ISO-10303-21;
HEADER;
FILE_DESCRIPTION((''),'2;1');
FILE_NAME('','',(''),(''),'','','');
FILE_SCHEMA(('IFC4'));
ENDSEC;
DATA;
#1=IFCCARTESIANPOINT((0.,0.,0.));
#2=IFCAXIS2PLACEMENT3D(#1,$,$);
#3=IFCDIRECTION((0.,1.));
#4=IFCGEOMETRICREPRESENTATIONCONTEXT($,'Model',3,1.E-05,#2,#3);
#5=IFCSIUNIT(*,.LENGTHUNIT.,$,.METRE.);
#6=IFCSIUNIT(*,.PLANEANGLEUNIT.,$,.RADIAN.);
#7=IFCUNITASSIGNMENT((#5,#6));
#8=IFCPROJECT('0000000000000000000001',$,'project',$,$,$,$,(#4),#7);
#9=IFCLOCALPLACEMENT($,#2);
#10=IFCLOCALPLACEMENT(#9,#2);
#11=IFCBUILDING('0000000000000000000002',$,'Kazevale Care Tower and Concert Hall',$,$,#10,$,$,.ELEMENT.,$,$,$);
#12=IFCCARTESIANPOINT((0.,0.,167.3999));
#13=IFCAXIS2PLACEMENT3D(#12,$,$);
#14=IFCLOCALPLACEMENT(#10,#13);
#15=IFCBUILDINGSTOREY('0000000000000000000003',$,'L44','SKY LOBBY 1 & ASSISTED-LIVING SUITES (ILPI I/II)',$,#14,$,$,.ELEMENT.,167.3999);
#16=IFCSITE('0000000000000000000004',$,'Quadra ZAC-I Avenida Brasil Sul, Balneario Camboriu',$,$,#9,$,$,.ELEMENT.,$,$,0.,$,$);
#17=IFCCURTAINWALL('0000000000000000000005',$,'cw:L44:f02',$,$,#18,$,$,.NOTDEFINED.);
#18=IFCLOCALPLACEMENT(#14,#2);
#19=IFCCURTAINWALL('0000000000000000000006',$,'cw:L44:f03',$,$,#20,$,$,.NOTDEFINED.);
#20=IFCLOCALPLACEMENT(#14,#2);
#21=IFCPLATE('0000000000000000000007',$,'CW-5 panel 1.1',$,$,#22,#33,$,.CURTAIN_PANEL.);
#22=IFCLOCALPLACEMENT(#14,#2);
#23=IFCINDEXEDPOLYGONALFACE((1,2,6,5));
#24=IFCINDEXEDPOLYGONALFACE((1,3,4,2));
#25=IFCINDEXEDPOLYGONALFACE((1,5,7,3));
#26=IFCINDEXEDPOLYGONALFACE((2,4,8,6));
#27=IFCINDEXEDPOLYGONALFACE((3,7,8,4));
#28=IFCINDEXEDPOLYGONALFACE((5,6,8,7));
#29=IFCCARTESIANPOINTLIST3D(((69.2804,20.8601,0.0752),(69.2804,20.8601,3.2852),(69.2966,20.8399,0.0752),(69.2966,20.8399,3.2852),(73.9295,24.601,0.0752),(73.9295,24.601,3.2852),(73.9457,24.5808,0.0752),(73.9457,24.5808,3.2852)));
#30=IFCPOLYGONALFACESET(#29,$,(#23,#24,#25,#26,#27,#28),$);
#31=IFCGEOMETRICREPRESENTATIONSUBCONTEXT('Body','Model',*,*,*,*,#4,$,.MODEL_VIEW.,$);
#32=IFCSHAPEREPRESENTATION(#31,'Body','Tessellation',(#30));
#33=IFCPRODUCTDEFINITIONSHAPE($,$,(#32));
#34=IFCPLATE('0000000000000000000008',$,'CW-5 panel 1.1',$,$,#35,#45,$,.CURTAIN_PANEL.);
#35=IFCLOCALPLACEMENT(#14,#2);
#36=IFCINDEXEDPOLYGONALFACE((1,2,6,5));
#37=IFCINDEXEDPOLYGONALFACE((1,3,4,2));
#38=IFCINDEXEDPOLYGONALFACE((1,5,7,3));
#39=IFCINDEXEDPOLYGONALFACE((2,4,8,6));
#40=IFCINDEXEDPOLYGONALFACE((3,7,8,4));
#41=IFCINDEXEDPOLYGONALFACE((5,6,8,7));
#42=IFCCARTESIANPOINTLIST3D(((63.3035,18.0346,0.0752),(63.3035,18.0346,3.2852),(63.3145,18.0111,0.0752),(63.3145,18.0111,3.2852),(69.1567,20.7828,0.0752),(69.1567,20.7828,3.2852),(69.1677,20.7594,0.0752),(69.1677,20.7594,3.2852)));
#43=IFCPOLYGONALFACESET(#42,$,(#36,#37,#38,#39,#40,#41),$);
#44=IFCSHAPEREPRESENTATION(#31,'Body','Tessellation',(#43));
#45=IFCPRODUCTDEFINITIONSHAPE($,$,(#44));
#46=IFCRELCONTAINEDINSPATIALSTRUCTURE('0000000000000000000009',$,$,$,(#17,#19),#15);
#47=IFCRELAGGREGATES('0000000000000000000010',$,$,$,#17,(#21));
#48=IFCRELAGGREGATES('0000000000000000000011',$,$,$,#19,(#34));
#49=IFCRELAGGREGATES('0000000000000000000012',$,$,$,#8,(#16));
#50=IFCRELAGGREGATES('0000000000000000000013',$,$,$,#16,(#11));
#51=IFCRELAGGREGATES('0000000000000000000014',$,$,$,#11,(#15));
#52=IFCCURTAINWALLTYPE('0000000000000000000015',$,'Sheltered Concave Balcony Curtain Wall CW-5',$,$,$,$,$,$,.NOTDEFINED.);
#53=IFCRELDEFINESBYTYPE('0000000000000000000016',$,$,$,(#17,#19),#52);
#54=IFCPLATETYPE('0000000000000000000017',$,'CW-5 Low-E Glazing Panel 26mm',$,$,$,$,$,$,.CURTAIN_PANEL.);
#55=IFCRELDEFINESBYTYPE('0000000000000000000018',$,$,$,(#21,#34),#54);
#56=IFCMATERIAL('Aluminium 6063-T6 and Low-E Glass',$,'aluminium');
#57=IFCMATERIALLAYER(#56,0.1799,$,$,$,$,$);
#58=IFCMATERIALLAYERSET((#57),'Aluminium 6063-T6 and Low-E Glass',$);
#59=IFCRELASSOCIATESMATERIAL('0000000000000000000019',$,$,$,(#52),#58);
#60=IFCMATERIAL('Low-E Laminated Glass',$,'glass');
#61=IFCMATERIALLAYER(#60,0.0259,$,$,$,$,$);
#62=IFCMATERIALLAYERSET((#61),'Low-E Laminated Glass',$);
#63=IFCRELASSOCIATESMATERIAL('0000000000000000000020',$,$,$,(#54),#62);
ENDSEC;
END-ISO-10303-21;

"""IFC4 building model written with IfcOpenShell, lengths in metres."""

from ifc_helpers import new_model, si_unit, direction, frame, origin, origin_2d, place, context, subcontext, project, spatial, rectangle, extrude, material, layer, layer_set, type_object, element, aggregate, save


model = new_model("IFC4")

# Units and contexts
model_context = context("Model", 3, precision=1e-05, world=origin(), true_north=direction((0.0, 1.0)))
body_context = subcontext(model_context, "Body", "Model", "MODEL_VIEW")
ifc_project = project(units=[si_unit("LENGTHUNIT", "METRE"), si_unit("PLANEANGLEUNIT", "RADIAN")], contexts=[model_context])

# Site, building, storey
site_placement = place(None, origin())
site = spatial("IfcSite", under=ifc_project, at=site_placement, Name="Quadra ZAC-I Avenida Brasil Sul, Balneario Camboriu", CompositionType="ELEMENT", RefElevation=0.0)
building_placement = place(site_placement, origin())
building = spatial("IfcBuilding", under=site, at=building_placement, Name="Kazevale Care Tower and Concert Hall", CompositionType="ELEMENT")
storey_placement = place(building_placement, frame((0.0, 0.0, 167.3999)))
storey = spatial("IfcBuildingStorey", under=building, at=storey_placement, Name="L44", Description="SKY LOBBY 1 & ASSISTED-LIVING SUITES (ILPI I/II)", CompositionType="ELEMENT", Elevation=167.3999)

# Shared definitions
ifc_material_1 = material(Name="Aluminium 6063-T6 and Low-E Glass", Category="aluminium")

# Curtain walls
ifc_layer_1 = layer(ifc_material_1, 0.1799)
ifc_layer_set_1 = layer_set([ifc_layer_1], Name="Aluminium 6063-T6 and Low-E Glass")
curtain_wall_type_1 = type_object("IfcCurtainWallType", Name="Sheltered Concave Balcony Curtain Wall CW-5", PredefinedType="NOTDEFINED", material=ifc_layer_set_1)
curtain_wall_1_placement = place(storey_placement, origin())
curtain_wall_1 = element("IfcCurtainWall", 1, at=curtain_wall_1_placement, inside=storey, type_object=curtain_wall_type_1, Name="cw:L44:f02", PredefinedType="NOTDEFINED")
curtain_wall_2_placement = place(storey_placement, origin())
curtain_wall_2 = element("IfcCurtainWall", 2, at=curtain_wall_2_placement, inside=storey, type_object=curtain_wall_type_1, Name="cw:L44:f03", PredefinedType="NOTDEFINED")

# Plates
ifc_material_2 = material(Name="Low-E Laminated Glass", Category="glass")
ifc_layer_2 = layer(ifc_material_2, 0.0259)
ifc_layer_set_2 = layer_set([ifc_layer_2], Name="Low-E Laminated Glass")
plate_type_1 = type_object("IfcPlateType", Name="CW-5 Low-E Glazing Panel 26mm", PredefinedType="CURTAIN_PANEL", material=ifc_layer_set_2)
plate_1_placement = place(storey_placement, frame((71.613, 22.7205, 0.0752), z_axis=(0.0, 0.0, 1.0), x_axis=(-0.779095, -0.626905, 0.0)))
plate_1 = element("IfcPlate", 3, at=plate_1_placement, type_object=plate_type_1, Name="CW-5 panel 1.1", PredefinedType="CURTAIN_PANEL", context=body_context, shape_type="SweptSolid", body=[
    extrude(rectangle(XDim=5.9673, YDim=0.0259, at=origin_2d()), origin(), (0.0, 0.0, 1.0), 3.21),
])
aggregate(curtain_wall_1, [plate_1])
plate_2_placement = place(storey_placement, frame((66.2356, 19.397, 0.0752), z_axis=(0.0, 0.0, 1.0), x_axis=(-0.905188, -0.425011, 0.0)))
plate_2 = element("IfcPlate", 4, at=plate_2_placement, type_object=plate_type_1, Name="CW-5 panel 1.1", PredefinedType="CURTAIN_PANEL", context=body_context, shape_type="SweptSolid", body=[
    extrude(rectangle(XDim=6.4663, YDim=0.0259, at=origin_2d()), origin(), (0.0, 0.0, 1.0), 3.21),
])
aggregate(curtain_wall_2, [plate_2])

save(model, "model.ifc")
